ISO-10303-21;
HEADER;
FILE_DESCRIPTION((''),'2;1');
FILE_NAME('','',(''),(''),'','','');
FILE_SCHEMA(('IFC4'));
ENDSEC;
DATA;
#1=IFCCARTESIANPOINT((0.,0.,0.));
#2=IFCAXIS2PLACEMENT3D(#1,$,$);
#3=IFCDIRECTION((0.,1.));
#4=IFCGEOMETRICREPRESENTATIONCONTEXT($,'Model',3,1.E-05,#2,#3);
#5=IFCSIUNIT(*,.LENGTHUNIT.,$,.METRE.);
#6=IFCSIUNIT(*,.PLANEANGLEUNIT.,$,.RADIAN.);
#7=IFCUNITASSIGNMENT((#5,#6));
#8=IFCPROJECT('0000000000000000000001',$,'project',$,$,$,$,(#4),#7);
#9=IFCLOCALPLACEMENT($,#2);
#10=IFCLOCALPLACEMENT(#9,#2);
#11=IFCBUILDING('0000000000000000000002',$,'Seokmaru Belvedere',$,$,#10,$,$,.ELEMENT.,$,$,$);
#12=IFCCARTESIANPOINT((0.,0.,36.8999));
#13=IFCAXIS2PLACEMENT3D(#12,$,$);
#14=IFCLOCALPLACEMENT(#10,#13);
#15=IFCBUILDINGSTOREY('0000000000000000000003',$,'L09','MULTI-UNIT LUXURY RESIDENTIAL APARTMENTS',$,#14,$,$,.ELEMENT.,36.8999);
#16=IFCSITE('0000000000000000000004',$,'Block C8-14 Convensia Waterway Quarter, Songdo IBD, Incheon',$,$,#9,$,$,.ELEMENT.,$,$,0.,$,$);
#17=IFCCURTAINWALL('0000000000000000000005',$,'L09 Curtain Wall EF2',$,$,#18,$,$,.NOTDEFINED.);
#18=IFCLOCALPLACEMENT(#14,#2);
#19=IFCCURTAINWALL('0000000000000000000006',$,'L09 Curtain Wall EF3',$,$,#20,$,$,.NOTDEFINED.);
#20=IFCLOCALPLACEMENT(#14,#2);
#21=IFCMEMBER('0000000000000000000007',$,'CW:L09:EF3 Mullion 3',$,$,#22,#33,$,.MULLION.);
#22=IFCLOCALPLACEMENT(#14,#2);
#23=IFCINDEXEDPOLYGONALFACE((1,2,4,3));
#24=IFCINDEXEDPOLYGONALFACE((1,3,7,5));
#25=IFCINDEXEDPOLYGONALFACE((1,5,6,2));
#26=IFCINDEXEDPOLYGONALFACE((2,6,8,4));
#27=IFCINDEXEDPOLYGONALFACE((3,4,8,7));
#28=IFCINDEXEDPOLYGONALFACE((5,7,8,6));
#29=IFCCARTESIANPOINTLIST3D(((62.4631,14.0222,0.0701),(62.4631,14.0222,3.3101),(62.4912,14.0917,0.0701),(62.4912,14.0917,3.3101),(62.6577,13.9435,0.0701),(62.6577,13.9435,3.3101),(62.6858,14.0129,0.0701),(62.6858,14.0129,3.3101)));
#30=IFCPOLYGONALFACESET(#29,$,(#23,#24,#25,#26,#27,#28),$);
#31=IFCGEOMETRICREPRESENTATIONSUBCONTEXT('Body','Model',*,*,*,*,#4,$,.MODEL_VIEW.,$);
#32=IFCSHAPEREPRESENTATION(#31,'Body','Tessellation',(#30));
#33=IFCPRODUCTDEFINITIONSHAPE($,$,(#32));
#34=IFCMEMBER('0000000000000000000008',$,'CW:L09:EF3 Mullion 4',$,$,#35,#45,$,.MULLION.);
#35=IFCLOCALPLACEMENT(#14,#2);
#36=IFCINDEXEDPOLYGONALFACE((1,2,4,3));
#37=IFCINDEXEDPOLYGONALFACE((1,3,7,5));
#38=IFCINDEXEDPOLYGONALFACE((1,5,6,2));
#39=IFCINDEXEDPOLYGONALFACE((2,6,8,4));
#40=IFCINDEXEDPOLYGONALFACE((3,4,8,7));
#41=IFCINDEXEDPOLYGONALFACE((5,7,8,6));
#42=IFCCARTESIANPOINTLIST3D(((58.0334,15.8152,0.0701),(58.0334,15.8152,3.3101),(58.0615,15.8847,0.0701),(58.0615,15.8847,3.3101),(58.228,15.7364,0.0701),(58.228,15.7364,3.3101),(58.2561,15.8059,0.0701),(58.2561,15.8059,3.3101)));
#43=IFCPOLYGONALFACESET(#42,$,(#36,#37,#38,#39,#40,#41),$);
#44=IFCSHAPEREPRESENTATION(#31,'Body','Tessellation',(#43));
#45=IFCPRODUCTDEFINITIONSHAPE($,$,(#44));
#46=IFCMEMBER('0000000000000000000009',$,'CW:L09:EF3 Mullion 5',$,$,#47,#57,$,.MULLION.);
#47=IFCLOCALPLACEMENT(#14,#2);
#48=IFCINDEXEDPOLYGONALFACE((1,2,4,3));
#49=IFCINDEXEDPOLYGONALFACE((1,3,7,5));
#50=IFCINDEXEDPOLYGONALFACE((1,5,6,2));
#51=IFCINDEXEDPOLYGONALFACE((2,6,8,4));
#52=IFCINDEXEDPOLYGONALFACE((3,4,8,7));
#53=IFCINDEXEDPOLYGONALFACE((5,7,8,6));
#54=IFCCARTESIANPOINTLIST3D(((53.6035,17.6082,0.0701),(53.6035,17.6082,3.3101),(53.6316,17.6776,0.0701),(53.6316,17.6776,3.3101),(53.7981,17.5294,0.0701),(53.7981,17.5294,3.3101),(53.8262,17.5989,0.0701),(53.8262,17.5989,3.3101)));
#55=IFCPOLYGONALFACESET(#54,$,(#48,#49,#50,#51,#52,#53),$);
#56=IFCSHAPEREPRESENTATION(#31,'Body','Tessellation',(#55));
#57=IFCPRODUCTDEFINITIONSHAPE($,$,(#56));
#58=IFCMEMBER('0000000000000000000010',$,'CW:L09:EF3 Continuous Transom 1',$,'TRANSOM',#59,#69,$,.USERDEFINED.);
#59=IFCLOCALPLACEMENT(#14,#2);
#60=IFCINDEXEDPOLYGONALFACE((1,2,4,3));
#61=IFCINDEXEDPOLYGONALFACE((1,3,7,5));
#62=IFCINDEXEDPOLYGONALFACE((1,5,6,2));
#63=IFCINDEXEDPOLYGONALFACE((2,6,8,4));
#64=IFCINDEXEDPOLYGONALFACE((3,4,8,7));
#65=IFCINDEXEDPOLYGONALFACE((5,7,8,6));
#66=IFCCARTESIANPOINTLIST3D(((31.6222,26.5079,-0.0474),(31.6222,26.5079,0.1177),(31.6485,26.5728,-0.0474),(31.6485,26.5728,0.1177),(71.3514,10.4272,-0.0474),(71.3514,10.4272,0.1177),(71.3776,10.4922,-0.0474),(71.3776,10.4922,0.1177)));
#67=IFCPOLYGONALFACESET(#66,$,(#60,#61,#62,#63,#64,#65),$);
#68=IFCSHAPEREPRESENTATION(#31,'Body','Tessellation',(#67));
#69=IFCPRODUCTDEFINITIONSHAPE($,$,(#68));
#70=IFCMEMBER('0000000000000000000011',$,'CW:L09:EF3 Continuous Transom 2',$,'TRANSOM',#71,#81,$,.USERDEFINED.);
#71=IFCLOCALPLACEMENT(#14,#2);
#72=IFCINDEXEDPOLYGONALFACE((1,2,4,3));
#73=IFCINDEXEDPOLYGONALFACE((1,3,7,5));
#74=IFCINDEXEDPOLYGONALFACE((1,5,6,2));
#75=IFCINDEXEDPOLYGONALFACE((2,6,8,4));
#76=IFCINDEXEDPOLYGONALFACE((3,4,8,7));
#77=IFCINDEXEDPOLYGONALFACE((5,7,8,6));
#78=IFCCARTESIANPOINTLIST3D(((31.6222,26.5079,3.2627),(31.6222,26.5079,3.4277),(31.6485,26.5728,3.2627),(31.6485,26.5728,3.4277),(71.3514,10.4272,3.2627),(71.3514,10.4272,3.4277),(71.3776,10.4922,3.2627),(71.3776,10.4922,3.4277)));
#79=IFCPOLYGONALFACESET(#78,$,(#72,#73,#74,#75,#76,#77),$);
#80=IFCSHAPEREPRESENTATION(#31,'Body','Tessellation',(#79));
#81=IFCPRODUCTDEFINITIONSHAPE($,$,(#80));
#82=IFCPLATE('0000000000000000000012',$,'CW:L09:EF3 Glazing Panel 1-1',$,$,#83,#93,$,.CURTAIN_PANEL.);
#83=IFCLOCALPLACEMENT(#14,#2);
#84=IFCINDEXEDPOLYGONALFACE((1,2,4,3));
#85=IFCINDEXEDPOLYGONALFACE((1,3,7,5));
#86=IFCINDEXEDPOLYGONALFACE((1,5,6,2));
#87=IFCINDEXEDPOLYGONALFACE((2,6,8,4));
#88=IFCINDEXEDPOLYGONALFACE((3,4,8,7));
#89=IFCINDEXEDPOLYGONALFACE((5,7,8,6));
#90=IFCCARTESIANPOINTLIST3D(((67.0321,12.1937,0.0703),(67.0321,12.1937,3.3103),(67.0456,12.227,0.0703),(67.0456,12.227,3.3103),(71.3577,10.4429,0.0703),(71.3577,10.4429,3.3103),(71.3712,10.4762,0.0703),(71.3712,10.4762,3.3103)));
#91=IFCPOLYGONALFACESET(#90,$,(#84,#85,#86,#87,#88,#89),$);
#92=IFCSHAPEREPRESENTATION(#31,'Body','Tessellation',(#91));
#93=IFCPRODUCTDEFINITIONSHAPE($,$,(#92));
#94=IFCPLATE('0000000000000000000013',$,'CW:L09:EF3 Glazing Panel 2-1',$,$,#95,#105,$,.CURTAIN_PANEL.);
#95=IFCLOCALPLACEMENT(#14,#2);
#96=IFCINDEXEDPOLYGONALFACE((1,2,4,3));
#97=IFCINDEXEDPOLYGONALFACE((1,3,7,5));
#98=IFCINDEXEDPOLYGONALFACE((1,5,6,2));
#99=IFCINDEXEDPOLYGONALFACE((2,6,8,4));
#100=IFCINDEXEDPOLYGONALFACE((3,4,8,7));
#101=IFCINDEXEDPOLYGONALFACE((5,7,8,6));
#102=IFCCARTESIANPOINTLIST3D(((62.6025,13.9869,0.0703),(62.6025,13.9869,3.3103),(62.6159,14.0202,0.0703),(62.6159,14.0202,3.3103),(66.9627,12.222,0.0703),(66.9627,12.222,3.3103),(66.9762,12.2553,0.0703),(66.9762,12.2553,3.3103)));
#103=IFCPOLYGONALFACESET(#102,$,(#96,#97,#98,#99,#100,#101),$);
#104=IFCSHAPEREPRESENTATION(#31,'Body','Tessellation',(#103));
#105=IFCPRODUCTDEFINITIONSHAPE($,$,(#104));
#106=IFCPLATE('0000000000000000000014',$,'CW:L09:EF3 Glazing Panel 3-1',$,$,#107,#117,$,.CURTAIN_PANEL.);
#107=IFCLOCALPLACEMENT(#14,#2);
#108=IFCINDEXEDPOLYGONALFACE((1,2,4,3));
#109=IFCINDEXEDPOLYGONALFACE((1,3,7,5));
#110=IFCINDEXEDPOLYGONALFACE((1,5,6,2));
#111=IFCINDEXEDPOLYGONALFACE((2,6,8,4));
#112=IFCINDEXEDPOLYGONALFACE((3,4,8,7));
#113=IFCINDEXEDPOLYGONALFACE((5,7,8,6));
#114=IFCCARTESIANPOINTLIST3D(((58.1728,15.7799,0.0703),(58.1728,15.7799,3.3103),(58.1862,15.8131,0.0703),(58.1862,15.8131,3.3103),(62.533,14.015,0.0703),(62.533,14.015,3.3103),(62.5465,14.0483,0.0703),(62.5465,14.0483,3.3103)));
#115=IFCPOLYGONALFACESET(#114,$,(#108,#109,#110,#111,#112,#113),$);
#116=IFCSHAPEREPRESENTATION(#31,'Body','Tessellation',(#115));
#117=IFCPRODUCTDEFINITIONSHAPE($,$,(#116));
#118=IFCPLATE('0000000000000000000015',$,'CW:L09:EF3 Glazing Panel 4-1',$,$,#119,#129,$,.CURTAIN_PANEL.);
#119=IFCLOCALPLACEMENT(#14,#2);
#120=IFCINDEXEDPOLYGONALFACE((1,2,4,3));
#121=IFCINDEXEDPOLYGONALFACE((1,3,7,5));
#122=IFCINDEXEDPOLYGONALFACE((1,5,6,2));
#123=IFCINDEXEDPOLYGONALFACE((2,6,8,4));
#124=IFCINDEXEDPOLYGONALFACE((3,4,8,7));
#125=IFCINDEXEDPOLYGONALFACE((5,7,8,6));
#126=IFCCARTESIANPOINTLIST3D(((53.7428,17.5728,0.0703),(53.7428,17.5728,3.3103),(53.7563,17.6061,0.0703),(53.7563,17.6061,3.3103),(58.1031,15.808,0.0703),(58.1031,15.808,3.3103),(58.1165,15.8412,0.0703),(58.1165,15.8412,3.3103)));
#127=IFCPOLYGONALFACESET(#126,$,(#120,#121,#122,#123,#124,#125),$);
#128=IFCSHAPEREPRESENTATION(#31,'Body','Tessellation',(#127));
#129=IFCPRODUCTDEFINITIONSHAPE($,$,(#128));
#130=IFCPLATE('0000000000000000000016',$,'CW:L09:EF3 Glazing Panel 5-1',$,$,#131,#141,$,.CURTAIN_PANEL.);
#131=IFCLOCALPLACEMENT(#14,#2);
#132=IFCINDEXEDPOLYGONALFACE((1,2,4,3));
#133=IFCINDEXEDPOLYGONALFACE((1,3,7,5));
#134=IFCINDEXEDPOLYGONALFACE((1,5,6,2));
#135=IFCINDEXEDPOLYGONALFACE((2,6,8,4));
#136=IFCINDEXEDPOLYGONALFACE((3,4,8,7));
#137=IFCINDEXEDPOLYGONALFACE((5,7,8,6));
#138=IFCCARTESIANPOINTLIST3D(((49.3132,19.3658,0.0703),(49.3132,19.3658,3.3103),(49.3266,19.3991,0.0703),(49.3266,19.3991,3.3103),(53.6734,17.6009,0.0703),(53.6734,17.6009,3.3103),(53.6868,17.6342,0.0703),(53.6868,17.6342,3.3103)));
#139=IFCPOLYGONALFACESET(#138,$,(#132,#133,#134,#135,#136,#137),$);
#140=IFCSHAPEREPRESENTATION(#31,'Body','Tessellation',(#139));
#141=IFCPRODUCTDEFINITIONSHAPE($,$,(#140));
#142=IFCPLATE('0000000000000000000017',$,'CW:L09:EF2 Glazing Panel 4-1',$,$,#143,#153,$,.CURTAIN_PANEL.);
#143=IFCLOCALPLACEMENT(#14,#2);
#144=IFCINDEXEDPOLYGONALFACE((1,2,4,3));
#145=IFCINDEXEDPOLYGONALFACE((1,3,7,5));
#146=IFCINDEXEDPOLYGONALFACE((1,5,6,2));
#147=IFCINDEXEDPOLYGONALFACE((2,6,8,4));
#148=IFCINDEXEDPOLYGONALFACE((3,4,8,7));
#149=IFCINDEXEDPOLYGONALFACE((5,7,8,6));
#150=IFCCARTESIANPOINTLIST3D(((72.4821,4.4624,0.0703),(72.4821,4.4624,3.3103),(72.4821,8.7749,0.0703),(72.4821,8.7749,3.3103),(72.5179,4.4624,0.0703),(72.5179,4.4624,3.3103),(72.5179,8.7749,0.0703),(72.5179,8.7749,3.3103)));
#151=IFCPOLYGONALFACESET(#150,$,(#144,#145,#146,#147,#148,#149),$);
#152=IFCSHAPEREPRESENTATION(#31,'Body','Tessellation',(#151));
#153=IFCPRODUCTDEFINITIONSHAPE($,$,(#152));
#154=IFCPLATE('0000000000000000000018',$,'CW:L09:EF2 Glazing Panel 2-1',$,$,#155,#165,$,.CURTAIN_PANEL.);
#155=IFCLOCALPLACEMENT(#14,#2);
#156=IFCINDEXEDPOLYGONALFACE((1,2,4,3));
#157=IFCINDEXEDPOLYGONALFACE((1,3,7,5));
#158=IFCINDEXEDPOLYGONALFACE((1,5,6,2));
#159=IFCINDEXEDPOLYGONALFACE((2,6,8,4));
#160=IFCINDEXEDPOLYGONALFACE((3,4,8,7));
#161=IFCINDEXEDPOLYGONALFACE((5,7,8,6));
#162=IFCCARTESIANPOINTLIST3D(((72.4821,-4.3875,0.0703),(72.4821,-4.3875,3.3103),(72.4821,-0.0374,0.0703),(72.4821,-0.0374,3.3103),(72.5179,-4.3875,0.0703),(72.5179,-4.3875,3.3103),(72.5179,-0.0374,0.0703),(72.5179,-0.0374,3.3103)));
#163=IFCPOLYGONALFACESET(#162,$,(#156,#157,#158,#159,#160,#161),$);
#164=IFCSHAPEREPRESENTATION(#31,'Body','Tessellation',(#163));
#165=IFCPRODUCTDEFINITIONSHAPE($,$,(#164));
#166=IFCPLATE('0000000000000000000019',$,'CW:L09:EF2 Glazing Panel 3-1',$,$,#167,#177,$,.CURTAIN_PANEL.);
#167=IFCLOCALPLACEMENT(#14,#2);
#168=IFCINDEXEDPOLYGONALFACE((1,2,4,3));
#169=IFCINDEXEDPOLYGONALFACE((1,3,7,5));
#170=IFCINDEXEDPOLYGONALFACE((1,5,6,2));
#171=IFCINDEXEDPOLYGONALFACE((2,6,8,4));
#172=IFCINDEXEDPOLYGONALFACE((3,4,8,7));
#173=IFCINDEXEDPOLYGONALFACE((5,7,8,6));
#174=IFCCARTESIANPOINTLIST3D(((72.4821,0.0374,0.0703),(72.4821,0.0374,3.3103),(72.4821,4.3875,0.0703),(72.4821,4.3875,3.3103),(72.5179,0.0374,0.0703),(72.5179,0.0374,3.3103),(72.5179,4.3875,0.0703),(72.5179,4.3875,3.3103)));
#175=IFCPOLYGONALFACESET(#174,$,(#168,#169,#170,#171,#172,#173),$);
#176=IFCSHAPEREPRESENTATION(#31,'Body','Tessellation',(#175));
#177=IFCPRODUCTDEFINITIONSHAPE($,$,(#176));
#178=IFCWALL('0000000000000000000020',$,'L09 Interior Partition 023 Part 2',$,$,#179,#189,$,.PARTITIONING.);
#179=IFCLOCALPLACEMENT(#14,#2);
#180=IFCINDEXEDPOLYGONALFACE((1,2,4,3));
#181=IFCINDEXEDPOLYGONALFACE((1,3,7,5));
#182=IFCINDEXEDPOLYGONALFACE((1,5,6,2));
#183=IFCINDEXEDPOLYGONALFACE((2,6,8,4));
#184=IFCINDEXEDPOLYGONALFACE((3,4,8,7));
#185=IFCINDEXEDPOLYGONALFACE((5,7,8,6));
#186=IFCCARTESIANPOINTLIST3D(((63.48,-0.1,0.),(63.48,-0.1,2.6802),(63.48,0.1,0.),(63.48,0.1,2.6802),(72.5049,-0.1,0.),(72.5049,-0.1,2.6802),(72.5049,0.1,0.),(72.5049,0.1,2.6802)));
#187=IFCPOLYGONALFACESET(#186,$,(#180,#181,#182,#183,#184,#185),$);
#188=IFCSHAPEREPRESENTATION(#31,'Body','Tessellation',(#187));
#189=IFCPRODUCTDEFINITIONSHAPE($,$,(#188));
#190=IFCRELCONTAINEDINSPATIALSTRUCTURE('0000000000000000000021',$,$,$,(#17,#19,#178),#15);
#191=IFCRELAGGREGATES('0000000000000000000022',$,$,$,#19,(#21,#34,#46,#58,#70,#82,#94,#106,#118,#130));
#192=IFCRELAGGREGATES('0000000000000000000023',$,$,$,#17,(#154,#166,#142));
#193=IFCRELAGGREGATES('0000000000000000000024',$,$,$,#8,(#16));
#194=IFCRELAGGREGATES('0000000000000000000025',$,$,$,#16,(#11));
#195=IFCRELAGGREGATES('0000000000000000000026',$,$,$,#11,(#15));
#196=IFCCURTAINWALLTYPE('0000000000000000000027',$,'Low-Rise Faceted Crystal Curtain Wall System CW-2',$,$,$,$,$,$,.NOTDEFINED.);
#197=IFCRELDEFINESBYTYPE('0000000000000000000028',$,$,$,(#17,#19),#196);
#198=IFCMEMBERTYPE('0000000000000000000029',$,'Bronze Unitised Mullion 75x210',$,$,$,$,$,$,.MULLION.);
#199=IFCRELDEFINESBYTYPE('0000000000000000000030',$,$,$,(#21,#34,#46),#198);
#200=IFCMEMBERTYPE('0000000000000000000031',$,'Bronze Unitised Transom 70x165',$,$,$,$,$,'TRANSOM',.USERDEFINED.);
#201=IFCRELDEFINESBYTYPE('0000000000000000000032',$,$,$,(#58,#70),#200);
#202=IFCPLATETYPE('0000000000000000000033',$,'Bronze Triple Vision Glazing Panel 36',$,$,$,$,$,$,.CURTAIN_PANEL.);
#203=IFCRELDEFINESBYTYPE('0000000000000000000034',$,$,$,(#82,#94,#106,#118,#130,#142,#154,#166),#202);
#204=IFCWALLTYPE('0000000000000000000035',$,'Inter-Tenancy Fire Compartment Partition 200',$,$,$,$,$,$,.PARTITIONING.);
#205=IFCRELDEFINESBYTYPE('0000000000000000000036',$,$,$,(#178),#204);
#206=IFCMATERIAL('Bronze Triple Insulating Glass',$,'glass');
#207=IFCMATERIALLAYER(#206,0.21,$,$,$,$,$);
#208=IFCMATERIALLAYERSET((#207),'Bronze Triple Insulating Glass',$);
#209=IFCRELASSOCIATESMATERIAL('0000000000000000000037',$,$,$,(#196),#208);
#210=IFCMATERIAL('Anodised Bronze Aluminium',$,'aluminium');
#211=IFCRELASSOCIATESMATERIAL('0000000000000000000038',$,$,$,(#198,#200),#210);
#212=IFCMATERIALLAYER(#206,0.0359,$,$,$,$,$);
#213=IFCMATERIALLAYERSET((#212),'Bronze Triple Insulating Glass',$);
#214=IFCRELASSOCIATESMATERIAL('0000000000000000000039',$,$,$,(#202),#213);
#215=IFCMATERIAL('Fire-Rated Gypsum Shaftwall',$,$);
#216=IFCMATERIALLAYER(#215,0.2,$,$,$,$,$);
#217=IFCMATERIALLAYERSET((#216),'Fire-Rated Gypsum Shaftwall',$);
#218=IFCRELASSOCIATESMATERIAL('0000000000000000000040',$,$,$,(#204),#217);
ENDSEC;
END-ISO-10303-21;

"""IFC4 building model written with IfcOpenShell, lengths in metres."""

from ifc_helpers import new_model, si_unit, direction, frame, frame_2d, origin, origin_2d, place, context, subcontext, project, spatial, rectangle, extrude, source, transform, mapped, material, layer, layer_set, material_profile, profile_set, type_object, type_shapes, element, aggregate, save


model = new_model("IFC4")

# Units and contexts
model_context = context("Model", 3, precision=1e-05, world=origin(), true_north=direction((0.0, 1.0)))
body_context = subcontext(model_context, "Body", "Model", "MODEL_VIEW")
ifc_project = project(units=[si_unit("LENGTHUNIT", "METRE"), si_unit("PLANEANGLEUNIT", "RADIAN")], contexts=[model_context])

# Site, building, storey
site_placement = place(None, origin())
site = spatial("IfcSite", under=ifc_project, at=site_placement, Name="Block C8-14 Convensia Waterway Quarter, Songdo IBD, Incheon", CompositionType="ELEMENT", RefElevation=0.0)
building_placement = place(site_placement, origin())
building = spatial("IfcBuilding", under=site, at=building_placement, Name="Seokmaru Belvedere", CompositionType="ELEMENT")
storey_placement = place(building_placement, frame((0.0, 0.0, 36.8999)))
storey = spatial("IfcBuildingStorey", under=building, at=storey_placement, Name="L09", Description="MULTI-UNIT LUXURY RESIDENTIAL APARTMENTS", CompositionType="ELEMENT", Elevation=36.8999)

# Curtain walls
ifc_material_1 = material(Name="Bronze Triple Insulating Glass", Category="glass")
ifc_layer_1 = layer(ifc_material_1, 0.21)
ifc_layer_set_1 = layer_set([ifc_layer_1], Name="Bronze Triple Insulating Glass")
curtain_wall_type = type_object("IfcCurtainWallType", Name="Low-Rise Faceted Crystal Curtain Wall System CW-2", PredefinedType="NOTDEFINED", material=ifc_layer_set_1)
curtain_wall_1_placement = place(storey_placement, origin())
curtain_wall_1 = element("IfcCurtainWall", 1, at=curtain_wall_1_placement, inside=storey, type_object=curtain_wall_type, Name="L09 Curtain Wall EF2", PredefinedType="NOTDEFINED")
ifc_material_2 = material(Name="Anodised Bronze Aluminium", Category="aluminium")
ifc_material_profile_1 = material_profile(ifc_material_2, rectangle(XDim=0.075, YDim=0.21, at=origin_2d()), Name="CW-M-75x210")
ifc_profile_set_1 = profile_set([ifc_material_profile_1], Name="Anodised Bronze Aluminium")
member_type_1 = type_object("IfcMemberType", Name="Bronze Unitised Mullion 75x210", PredefinedType="MULLION", material=ifc_profile_set_1)
curtain_wall_2_placement = place(storey_placement, origin())
curtain_wall_2 = element("IfcCurtainWall", 2, at=curtain_wall_2_placement, inside=storey, type_object=curtain_wall_type, Name="L09 Curtain Wall EF3", PredefinedType="NOTDEFINED")

# Members
shared_shape_1 = source(origin(), body_context, "Body", "SweptSolid", [
    extrude(rectangle(XDim=0.075, YDim=0.21, at=origin_2d()), origin(), (0.0, 0.0, 1.0), 3.24),
])
member_1_placement = place(storey_placement, frame((62.5745, 14.0176, 0.0701), z_axis=(0.0, 0.0, 1.0), x_axis=(-0.375192, -0.926947, 0.0)))
member_1 = element("IfcMember", 3, at=member_1_placement, type_object=member_type_1, Name="CW:L09:EF3 Mullion 3", PredefinedType="MULLION", context=body_context, shape_type="MappedRepresentation", body=[
    mapped(shared_shape_1, transform((0.0, 0.0, 0.0), scale=1.0)),
])
member_2_placement = place(storey_placement, frame((58.1448, 15.8105, 0.0701), z_axis=(0.0, 0.0, 1.0), x_axis=(-0.375192, -0.926947, 0.0)))
member_2 = element("IfcMember", 4, at=member_2_placement, type_object=member_type_1, Name="CW:L09:EF3 Mullion 4", PredefinedType="MULLION", context=body_context, shape_type="MappedRepresentation", body=[
    mapped(shared_shape_1, transform((0.0, 0.0, 0.0), scale=1.0)),
])
member_3_placement = place(storey_placement, frame((53.7148, 17.6035, 0.0701), z_axis=(0.0, 0.0, 1.0), x_axis=(-0.375192, -0.926947, 0.0)))
member_3 = element("IfcMember", 5, at=member_3_placement, type_object=member_type_1, Name="CW:L09:EF3 Mullion 5", PredefinedType="MULLION", context=body_context, shape_type="MappedRepresentation", body=[
    mapped(shared_shape_1, transform((0.0, 0.0, 0.0), scale=1.0)),
])
ifc_material_profile_2 = material_profile(ifc_material_2, rectangle(XDim=0.0701, YDim=0.165, at=origin_2d()), Name="CW-T-70x165")
ifc_profile_set_2 = profile_set([ifc_material_profile_2], Name="Anodised Bronze Aluminium")
member_type_2 = type_object("IfcMemberType", Name="Bronze Unitised Transom 70x165", ElementType="TRANSOM", PredefinedType="USERDEFINED", material=ifc_profile_set_2)
shared_shape_2 = source(origin(), body_context, "Body", "SweptSolid", [
    extrude(rectangle(XDim=0.0701, YDim=0.165, at=origin_2d()), origin(), (0.0, 0.0, 1.0), 42.8601),
])
type_shapes(member_type_2, [shared_shape_2])
member_4_placement = place(storey_placement, frame((71.3645, 10.4597, 0.0352), z_axis=(-0.926949, 0.375188, 0.0), x_axis=(-0.375188, -0.926949, 0.0)))
member_4 = element("IfcMember", 6, at=member_4_placement, type_object=member_type_2, Name="CW:L09:EF3 Continuous Transom 1", ObjectType="TRANSOM", PredefinedType="USERDEFINED", context=body_context, shape_type="MappedRepresentation", body=[
    mapped(shared_shape_2, transform((0.0, 0.0, 0.0), scale=1.0)),
])
member_5_placement = place(storey_placement, frame((71.3645, 10.4597, 3.3452), z_axis=(-0.926949, 0.375188, 0.0), x_axis=(-0.375188, -0.926949, 0.0)))
member_5 = element("IfcMember", 7, at=member_5_placement, type_object=member_type_2, Name="CW:L09:EF3 Continuous Transom 2", ObjectType="TRANSOM", PredefinedType="USERDEFINED", context=body_context, shape_type="MappedRepresentation", body=[
    mapped(shared_shape_2, transform((0.0, 0.0, 0.0), scale=1.0)),
])

# Plates
ifc_layer_2 = layer(ifc_material_1, 0.0359)
ifc_layer_set_2 = layer_set([ifc_layer_2], Name="Bronze Triple Insulating Glass")
plate_type = type_object("IfcPlateType", Name="Bronze Triple Vision Glazing Panel 36", PredefinedType="CURTAIN_PANEL", material=ifc_layer_set_2)
shared_shape_3 = source(origin(), body_context, "Body", "SweptSolid", [
    extrude(rectangle(XDim=4.6665, YDim=0.0359, at=origin_2d()), origin(), (0.0, 0.0, 1.0), 3.24),
])
plate_1_placement = place(storey_placement, frame((69.2017, 11.335, 0.0703), z_axis=(0.0, 0.0, 1.0), x_axis=(-0.926947, 0.375192, 0.0)))
plate_1 = element("IfcPlate", 8, at=plate_1_placement, type_object=plate_type, Name="CW:L09:EF3 Glazing Panel 1-1", PredefinedType="CURTAIN_PANEL", context=body_context, shape_type="MappedRepresentation", body=[
    mapped(shared_shape_3, transform((0.0, 0.0, 0.0), scale=1.0)),
])
shared_shape_4 = source(origin(), body_context, "Body", "SweptSolid", [
    extrude(rectangle(XDim=4.7039, YDim=0.0359, at=origin_2d()), origin(), (0.0, 0.0, 1.0), 3.24),
])
plate_2_placement = place(storey_placement, frame((64.7893, 13.1211, 0.0703), z_axis=(0.0, 0.0, 1.0), x_axis=(-0.926947, 0.375192, 0.0)))
plate_2 = element("IfcPlate", 9, at=plate_2_placement, type_object=plate_type, Name="CW:L09:EF3 Glazing Panel 2-1", PredefinedType="CURTAIN_PANEL", context=body_context, shape_type="MappedRepresentation", body=[
    mapped(shared_shape_4, transform((0.0, 0.0, 0.0), scale=1.0)),
])
plate_3_placement = place(storey_placement, frame((60.3596, 14.9141, 0.0703), z_axis=(0.0, 0.0, 1.0), x_axis=(-0.926947, 0.375192, 0.0)))
plate_3 = element("IfcPlate", 10, at=plate_3_placement, type_object=plate_type, Name="CW:L09:EF3 Glazing Panel 3-1", PredefinedType="CURTAIN_PANEL", context=body_context, shape_type="MappedRepresentation", body=[
    mapped(shared_shape_4, transform((0.0, 0.0, 0.0), scale=1.0)),
])
plate_4_placement = place(storey_placement, frame((55.9297, 16.707, 0.0703), z_axis=(0.0, 0.0, 1.0), x_axis=(-0.926947, 0.375192, 0.0)))
plate_4 = element("IfcPlate", 11, at=plate_4_placement, type_object=plate_type, Name="CW:L09:EF3 Glazing Panel 4-1", PredefinedType="CURTAIN_PANEL", context=body_context, shape_type="MappedRepresentation", body=[
    mapped(shared_shape_4, transform((0.0, 0.0, 0.0), scale=1.0)),
])
plate_5_placement = place(storey_placement, frame((51.5, 18.5, 0.0703), z_axis=(0.0, 0.0, 1.0), x_axis=(-0.926947, 0.375192, 0.0)))
plate_5 = element("IfcPlate", 12, at=plate_5_placement, type_object=plate_type, Name="CW:L09:EF3 Glazing Panel 5-1", PredefinedType="CURTAIN_PANEL", context=body_context, shape_type="MappedRepresentation", body=[
    mapped(shared_shape_4, transform((0.0, 0.0, 0.0), scale=1.0)),
])
aggregate(curtain_wall_2, [member_1, member_2, member_3, member_4, member_5, plate_1, plate_2, plate_3, plate_4, plate_5])
shared_shape_5 = source(origin(), body_context, "Body", "SweptSolid", [
    extrude(rectangle(XDim=4.3125, YDim=0.0359, at=origin_2d()), origin(), (0.0, 0.0, 1.0), 3.24),
])
plate_6_placement = place(storey_placement, frame((72.5, 6.6187, 0.0703), z_axis=(0.0, 0.0, 1.0), x_axis=(0.0, 1.0, 0.0)))
plate_6 = element("IfcPlate", 13, at=plate_6_placement, type_object=plate_type, Name="CW:L09:EF2 Glazing Panel 4-1", PredefinedType="CURTAIN_PANEL", context=body_context, shape_type="MappedRepresentation", body=[
    mapped(shared_shape_5, transform((0.0, 0.0, 0.0), scale=1.0)),
])
shared_shape_6 = source(origin(), body_context, "Body", "SweptSolid", [
    extrude(rectangle(XDim=4.3501, YDim=0.0359, at=origin_2d()), origin(), (0.0, 0.0, 1.0), 3.24),
])
type_shapes(plate_type, [shared_shape_3, shared_shape_4, shared_shape_5, shared_shape_6])
plate_7_placement = place(storey_placement, frame((72.5, -2.2124, 0.0703), z_axis=(0.0, 0.0, 1.0), x_axis=(0.0, 1.0, 0.0)))
plate_7 = element("IfcPlate", 14, at=plate_7_placement, type_object=plate_type, Name="CW:L09:EF2 Glazing Panel 2-1", PredefinedType="CURTAIN_PANEL", context=body_context, shape_type="MappedRepresentation", body=[
    mapped(shared_shape_6, transform((0.0, 0.0, 0.0), scale=1.0)),
])
plate_8_placement = place(storey_placement, frame((72.5, 2.2124, 0.0703), z_axis=(0.0, 0.0, 1.0), x_axis=(0.0, 1.0, 0.0)))
plate_8 = element("IfcPlate", 15, at=plate_8_placement, type_object=plate_type, Name="CW:L09:EF2 Glazing Panel 3-1", PredefinedType="CURTAIN_PANEL", context=body_context, shape_type="MappedRepresentation", body=[
    mapped(shared_shape_6, transform((0.0, 0.0, 0.0), scale=1.0)),
])
aggregate(curtain_wall_1, [plate_7, plate_8, plate_6])

# Wall
ifc_material_3 = material(Name="Fire-Rated Gypsum Shaftwall")
ifc_layer_3 = layer(ifc_material_3, 0.2)
ifc_layer_set_3 = layer_set([ifc_layer_3], Name="Fire-Rated Gypsum Shaftwall")
wall_type_1 = type_object("IfcWallType", Name="Inter-Tenancy Fire Compartment Partition 200", PredefinedType="PARTITIONING", material=ifc_layer_set_3)
wall_placement = place(storey_placement, frame((63.48, 0.0, 0.0), z_axis=(0.0, 0.0, 1.0), x_axis=(1.0, 0.0, 0.0)))
element("IfcWall", 16, at=wall_placement, inside=storey, type_object=wall_type_1, Name="L09 Interior Partition 023 Part 2", PredefinedType="PARTITIONING", context=body_context, shape_type="SweptSolid", body=[
    extrude(rectangle(XDim=9.0249, YDim=0.2, at=frame_2d((4.5125, 0.0))), origin(), (0.0, 0.0, 1.0), 2.6802),
])

save(model, "model.ifc")
